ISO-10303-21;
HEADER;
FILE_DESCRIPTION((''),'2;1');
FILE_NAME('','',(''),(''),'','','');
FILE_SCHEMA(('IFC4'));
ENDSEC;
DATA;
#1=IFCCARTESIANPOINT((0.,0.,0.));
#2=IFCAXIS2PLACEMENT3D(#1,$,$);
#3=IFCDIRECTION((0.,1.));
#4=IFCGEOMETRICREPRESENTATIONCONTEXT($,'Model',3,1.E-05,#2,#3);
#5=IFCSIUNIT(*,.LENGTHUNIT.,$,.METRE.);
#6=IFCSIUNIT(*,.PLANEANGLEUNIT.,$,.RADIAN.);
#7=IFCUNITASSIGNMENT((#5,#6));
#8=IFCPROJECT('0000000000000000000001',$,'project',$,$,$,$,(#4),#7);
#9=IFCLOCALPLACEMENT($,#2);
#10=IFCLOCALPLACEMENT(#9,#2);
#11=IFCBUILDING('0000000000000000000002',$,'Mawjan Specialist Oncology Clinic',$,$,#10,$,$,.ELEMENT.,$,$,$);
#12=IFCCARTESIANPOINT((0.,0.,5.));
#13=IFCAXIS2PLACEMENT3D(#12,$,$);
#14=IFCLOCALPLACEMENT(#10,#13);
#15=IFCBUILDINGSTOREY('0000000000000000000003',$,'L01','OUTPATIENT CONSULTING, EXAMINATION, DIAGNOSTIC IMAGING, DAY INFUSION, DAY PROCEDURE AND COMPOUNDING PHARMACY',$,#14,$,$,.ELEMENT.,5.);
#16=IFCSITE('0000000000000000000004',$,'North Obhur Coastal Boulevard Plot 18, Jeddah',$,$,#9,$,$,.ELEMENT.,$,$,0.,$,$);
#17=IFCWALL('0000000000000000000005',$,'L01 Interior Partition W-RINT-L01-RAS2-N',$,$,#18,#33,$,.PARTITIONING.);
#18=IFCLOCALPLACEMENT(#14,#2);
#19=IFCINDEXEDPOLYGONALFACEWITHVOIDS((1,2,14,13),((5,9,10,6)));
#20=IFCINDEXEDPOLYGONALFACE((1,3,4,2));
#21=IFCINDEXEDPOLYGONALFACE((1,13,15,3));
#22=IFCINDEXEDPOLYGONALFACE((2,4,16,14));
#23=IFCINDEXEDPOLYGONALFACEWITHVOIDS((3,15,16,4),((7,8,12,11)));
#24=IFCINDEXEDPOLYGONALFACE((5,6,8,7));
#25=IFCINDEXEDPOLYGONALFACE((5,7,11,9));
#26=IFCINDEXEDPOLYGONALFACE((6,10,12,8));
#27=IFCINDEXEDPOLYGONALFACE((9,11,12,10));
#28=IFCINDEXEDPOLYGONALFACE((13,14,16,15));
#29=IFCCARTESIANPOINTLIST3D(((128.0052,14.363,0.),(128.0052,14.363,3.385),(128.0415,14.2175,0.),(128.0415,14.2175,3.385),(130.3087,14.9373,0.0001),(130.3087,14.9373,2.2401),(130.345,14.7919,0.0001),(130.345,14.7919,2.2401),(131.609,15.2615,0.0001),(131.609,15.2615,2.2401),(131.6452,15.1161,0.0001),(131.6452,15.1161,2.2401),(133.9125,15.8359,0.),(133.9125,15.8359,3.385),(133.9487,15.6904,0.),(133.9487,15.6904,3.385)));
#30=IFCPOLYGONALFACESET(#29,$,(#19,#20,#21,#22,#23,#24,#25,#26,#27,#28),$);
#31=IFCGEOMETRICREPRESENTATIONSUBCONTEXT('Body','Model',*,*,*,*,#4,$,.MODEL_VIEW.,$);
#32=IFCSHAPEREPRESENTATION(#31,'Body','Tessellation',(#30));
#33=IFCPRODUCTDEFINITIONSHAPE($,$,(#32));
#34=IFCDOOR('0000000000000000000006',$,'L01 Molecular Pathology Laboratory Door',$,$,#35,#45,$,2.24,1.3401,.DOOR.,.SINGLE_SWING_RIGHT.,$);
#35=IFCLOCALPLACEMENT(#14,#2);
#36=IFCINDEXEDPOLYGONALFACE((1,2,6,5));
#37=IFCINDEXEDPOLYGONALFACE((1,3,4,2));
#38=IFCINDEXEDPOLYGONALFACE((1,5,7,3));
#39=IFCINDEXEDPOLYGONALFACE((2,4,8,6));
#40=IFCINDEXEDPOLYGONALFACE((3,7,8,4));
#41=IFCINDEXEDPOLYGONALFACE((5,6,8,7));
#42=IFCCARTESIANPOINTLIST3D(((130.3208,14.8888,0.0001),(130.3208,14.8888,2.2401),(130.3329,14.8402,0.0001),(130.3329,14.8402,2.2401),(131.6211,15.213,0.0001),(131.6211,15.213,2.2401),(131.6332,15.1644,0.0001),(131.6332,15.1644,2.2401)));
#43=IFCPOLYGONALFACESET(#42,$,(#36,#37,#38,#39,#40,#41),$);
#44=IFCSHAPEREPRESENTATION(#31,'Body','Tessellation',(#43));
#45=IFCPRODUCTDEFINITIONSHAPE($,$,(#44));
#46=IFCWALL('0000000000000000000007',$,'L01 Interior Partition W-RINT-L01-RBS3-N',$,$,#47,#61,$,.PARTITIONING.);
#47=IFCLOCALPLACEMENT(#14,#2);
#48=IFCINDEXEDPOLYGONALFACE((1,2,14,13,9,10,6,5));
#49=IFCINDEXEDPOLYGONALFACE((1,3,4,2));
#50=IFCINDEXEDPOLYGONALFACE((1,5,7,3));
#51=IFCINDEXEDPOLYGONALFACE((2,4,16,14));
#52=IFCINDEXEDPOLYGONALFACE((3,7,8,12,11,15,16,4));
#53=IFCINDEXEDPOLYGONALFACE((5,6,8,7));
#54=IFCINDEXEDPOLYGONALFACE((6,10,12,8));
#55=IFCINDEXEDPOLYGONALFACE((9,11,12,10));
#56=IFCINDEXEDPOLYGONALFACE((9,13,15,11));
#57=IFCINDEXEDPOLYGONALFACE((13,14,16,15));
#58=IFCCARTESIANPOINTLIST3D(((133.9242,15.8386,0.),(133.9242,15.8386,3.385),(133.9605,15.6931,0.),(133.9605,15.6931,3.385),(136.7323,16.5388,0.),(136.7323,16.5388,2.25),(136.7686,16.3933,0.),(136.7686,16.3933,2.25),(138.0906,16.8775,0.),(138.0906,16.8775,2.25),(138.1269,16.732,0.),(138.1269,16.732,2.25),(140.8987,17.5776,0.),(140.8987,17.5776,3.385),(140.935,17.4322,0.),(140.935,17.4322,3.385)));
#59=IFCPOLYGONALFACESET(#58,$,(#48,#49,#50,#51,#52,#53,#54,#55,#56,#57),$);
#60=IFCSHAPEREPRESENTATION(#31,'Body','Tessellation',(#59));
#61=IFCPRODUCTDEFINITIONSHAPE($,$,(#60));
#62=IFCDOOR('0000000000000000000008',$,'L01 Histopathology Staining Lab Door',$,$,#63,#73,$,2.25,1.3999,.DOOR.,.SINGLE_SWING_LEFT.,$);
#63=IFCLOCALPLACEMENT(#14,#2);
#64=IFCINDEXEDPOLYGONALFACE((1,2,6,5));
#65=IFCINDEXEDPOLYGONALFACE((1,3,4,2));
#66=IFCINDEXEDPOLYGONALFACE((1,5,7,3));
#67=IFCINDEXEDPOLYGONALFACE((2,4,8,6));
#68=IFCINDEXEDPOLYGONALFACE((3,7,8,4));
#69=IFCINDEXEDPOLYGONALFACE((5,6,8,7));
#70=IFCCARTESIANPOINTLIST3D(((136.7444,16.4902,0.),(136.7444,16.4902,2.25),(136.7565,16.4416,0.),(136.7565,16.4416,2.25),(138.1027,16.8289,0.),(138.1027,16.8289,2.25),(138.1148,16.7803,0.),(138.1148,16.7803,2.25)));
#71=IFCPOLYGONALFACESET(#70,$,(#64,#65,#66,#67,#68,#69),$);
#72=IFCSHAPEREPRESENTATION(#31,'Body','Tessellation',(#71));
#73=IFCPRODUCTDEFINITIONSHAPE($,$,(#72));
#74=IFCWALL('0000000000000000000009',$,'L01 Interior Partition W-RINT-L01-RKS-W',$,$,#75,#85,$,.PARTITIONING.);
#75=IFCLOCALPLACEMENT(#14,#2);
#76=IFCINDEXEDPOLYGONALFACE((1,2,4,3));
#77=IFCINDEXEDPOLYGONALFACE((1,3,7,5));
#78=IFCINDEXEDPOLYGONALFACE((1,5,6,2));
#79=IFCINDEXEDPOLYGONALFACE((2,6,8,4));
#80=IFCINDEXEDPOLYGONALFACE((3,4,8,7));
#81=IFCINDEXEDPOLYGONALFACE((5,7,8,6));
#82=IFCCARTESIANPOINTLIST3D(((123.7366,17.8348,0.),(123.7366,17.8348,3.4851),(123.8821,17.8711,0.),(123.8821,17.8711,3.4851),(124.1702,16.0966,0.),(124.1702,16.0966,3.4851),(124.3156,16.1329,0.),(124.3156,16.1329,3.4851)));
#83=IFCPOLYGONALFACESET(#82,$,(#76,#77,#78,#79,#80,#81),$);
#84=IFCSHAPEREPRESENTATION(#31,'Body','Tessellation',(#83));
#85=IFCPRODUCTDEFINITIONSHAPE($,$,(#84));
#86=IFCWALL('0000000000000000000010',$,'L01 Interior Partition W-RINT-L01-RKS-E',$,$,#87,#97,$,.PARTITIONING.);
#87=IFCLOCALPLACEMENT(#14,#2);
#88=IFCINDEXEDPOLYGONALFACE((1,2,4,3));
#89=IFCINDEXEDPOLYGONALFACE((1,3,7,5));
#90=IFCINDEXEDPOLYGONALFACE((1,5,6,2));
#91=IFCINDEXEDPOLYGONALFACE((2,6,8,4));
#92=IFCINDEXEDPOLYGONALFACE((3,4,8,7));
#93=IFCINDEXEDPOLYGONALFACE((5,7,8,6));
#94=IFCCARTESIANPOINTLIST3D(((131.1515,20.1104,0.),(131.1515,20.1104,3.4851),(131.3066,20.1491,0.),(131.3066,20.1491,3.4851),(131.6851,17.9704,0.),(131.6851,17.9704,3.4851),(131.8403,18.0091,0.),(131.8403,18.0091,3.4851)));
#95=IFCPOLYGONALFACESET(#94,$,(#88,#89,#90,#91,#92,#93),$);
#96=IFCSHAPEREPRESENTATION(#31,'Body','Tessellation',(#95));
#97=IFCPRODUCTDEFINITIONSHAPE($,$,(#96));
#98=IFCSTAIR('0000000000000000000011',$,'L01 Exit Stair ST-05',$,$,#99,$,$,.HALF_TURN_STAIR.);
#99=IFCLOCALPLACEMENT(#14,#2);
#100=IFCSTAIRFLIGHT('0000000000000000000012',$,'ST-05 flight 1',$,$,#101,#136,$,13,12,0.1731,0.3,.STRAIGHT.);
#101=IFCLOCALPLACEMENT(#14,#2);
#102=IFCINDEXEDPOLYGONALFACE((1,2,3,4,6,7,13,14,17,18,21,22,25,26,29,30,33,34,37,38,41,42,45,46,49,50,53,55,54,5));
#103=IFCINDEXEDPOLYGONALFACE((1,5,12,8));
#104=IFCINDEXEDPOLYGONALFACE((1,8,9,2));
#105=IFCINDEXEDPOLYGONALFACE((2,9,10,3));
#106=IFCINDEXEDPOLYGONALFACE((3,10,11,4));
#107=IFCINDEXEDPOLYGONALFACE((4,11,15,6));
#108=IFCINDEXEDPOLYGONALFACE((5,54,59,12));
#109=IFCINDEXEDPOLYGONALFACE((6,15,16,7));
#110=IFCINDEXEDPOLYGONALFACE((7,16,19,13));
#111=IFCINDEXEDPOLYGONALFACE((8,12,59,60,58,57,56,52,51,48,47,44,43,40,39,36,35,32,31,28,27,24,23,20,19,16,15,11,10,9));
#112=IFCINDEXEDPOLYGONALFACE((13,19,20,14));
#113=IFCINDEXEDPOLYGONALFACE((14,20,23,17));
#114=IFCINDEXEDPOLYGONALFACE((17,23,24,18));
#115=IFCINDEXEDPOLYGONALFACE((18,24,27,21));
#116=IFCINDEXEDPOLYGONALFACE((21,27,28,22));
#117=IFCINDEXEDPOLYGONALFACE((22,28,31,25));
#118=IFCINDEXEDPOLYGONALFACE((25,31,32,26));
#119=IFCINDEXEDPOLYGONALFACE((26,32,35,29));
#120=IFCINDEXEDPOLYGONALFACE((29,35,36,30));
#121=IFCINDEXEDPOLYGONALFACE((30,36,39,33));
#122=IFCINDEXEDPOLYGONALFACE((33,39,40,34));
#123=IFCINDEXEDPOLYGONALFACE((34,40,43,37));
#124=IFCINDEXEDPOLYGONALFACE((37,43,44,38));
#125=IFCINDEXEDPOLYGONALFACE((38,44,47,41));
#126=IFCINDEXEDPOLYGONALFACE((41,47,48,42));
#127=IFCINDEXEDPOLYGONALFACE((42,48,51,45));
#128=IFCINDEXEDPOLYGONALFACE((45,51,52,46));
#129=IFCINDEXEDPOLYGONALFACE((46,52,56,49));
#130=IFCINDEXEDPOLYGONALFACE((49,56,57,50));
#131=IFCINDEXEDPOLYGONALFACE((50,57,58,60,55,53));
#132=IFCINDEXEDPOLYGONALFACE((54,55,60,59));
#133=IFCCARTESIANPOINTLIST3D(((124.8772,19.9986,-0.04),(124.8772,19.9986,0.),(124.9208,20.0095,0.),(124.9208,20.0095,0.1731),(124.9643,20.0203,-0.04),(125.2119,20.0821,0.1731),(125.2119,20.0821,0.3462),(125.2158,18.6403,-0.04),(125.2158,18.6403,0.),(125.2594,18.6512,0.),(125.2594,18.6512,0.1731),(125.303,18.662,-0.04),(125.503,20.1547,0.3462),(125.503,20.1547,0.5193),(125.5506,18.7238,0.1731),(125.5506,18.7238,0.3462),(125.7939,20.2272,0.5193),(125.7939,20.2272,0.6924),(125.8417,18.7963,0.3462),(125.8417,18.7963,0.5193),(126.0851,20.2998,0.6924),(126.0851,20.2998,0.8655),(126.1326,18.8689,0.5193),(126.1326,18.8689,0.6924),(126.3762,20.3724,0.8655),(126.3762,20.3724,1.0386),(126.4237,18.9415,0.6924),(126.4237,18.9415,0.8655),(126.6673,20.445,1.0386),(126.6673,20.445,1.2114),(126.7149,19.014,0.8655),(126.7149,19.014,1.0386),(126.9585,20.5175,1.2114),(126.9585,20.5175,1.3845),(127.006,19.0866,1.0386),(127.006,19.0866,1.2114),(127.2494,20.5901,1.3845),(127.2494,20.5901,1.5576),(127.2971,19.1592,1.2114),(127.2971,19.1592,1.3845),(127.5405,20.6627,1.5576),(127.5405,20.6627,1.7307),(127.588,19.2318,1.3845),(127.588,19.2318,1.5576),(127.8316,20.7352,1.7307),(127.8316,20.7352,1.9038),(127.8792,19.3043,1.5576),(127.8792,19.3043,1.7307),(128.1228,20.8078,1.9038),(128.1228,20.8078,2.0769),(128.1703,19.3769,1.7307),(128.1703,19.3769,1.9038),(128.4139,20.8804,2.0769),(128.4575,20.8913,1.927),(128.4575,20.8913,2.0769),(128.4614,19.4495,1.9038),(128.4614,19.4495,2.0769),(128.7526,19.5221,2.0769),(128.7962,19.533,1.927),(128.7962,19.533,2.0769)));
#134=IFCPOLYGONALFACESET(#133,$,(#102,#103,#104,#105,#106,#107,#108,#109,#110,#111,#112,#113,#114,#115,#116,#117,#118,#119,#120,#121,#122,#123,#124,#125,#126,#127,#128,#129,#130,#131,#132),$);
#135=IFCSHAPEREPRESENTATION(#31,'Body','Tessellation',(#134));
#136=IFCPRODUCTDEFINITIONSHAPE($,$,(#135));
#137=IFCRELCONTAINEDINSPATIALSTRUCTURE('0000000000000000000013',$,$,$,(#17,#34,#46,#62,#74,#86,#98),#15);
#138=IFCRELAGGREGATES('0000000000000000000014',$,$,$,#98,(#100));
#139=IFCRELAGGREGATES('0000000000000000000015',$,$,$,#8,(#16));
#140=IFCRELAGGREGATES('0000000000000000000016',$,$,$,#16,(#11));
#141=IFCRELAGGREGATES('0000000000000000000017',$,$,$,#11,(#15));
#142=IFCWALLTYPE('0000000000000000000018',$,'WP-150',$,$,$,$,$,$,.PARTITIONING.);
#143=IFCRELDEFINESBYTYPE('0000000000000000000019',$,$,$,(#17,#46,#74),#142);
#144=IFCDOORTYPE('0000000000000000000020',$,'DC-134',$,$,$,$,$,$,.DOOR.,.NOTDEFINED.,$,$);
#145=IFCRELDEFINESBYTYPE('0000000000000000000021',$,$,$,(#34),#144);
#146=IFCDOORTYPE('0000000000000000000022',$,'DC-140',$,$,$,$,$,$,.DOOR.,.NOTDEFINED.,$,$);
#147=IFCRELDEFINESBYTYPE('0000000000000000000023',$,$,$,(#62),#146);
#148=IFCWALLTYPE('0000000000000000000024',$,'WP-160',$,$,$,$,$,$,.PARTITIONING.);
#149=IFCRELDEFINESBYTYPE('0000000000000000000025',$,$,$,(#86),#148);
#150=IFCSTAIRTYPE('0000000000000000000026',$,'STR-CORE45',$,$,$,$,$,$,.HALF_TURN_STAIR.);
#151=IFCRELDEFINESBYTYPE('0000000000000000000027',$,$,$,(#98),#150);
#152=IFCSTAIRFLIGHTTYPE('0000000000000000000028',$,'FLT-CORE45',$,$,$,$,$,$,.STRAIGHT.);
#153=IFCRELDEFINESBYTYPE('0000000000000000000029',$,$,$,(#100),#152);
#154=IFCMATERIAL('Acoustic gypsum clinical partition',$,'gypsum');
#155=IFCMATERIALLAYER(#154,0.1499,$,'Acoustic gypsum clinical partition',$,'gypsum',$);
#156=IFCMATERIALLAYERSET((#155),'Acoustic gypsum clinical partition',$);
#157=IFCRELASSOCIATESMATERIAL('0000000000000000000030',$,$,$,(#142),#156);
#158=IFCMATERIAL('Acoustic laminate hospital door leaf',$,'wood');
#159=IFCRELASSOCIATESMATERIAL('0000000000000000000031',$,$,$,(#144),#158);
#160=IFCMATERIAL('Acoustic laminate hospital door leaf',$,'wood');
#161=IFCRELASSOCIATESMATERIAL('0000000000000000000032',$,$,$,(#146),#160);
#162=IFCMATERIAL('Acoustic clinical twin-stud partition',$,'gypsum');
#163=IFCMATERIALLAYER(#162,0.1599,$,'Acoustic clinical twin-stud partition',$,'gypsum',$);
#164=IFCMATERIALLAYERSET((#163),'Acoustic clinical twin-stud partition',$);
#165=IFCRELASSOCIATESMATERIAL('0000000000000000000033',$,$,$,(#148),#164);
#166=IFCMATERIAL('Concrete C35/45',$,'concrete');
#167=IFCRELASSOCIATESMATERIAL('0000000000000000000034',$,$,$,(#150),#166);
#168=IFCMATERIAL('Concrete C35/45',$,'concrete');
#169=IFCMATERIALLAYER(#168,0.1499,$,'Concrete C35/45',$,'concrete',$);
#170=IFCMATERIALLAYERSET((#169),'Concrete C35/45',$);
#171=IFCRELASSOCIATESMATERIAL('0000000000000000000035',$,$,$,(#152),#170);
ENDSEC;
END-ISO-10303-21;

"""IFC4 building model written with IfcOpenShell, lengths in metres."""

from ifc_helpers import new_model, si_unit, direction, frame, frame_2d, origin, place, context, subcontext, project, spatial, polyline, rectangle, outline, extrude, material, layer, layer_set, type_object, element, fill, aggregate, save


model = new_model("IFC4")

# Units and contexts
model_context = context("Model", 3, precision=1e-05, world=origin(), true_north=direction((0.0, 1.0)))
body_context = subcontext(model_context, "Body", "Model", "MODEL_VIEW")
ifc_project = project(units=[si_unit("LENGTHUNIT", "METRE"), si_unit("PLANEANGLEUNIT", "RADIAN")], contexts=[model_context])

# Site, building, storey
site_placement = place(None, origin())
site = spatial("IfcSite", under=ifc_project, at=site_placement, Name="North Obhur Coastal Boulevard Plot 18, Jeddah", CompositionType="ELEMENT", RefElevation=0.0)
building_placement = place(site_placement, origin())
building = spatial("IfcBuilding", under=site, at=building_placement, Name="Mawjan Specialist Oncology Clinic", CompositionType="ELEMENT")
storey_placement = place(building_placement, frame((0.0, 0.0, 5.0)))
storey = spatial("IfcBuildingStorey", under=building, at=storey_placement, Name="L01", Description="OUTPATIENT CONSULTING, EXAMINATION, DIAGNOSTIC IMAGING, DAY INFUSION, DAY PROCEDURE AND COMPOUNDING PHARMACY", CompositionType="ELEMENT", Elevation=5.0)

# Walls, openings, doors
ifc_material_1 = material(Name="Acoustic gypsum clinical partition", Category="gypsum")
ifc_layer_1 = layer(ifc_material_1, 0.1499, Name="Acoustic gypsum clinical partition", Category="gypsum")
ifc_layer_set_1 = layer_set([ifc_layer_1], Name="Acoustic gypsum clinical partition")
wall_type_1 = type_object("IfcWallType", Name="WP-150", PredefinedType="PARTITIONING", material=ifc_layer_set_1)
wall_1_placement = place(storey_placement, frame((128.0234, 14.2903, 0.0), z_axis=(0.0, 0.0, 1.0), x_axis=(0.970293, 0.241932, 0.0)))
wall_1 = element("IfcWall", 1, at=wall_1_placement, inside=storey, type_object=wall_type_1, Name="L01 Interior Partition W-RINT-L01-RAS2-N", PredefinedType="PARTITIONING", context=body_context, shape_type="SweptSolid", body=[
    extrude(rectangle(XDim=6.0881, YDim=0.1499, at=frame_2d((3.0439, 0.0))), origin(), (0.0, 0.0, 1.0), 3.385),
])
opening_1_placement = place(wall_1_placement, frame((2.374, 0.0, 0.0)))
opening_1 = element("IfcOpeningElement", 2, at=opening_1_placement, cuts=wall_1, PredefinedType="OPENING", context=body_context, shape_type="SweptSolid", body=[
    extrude(rectangle(XDim=1.3401, YDim=2.24, at=frame_2d((0.6699, 1.1201))), frame((0.0, 0.0869, 0.0), z_axis=(0.0, -1.0, 0.0), x_axis=(1.0, 0.0, 0.0)), (0.0, 0.0, 1.0), 0.1738),
])
ifc_material_2 = material(Name="Acoustic laminate hospital door leaf", Category="wood")
door_type_1 = type_object("IfcDoorType", Name="DC-134", OperationType="NOTDEFINED", PredefinedType="DOOR", material=ifc_material_2)
door_1_placement = place(opening_1_placement, origin())
door_1 = element("IfcDoor", 3, at=door_1_placement, inside=storey, type_object=door_type_1, Name="L01 Molecular Pathology Laboratory Door", OperationType="SINGLE_SWING_RIGHT", OverallHeight=2.24, OverallWidth=1.3401, PredefinedType="DOOR", context=body_context, shape_type="SweptSolid", body=[
    extrude(rectangle(XDim=1.3401, YDim=2.24, at=frame_2d((0.6699, 1.1201))), frame((0.0, 0.0249, 0.0), z_axis=(0.0, -1.0, 0.0), x_axis=(1.0, 0.0, 0.0)), (0.0, 0.0, 1.0), 0.05),
])
fill(opening_1, door_1)
wall_2_placement = place(storey_placement, frame((133.9424, 15.7659, 0.0), z_axis=(0.0, 0.0, 1.0), x_axis=(0.970292, 0.241936, 0.0)))
wall_2 = element("IfcWall", 4, at=wall_2_placement, inside=storey, type_object=wall_type_1, Name="L01 Interior Partition W-RINT-L01-RBS3-N", PredefinedType="PARTITIONING", context=body_context, shape_type="SweptSolid", body=[
    extrude(rectangle(XDim=7.188, YDim=0.1499, at=frame_2d((3.594, 0.0))), origin(), (0.0, 0.0, 1.0), 3.385),
])
opening_2_placement = place(wall_2_placement, frame((2.894, 0.0, 0.0)))
opening_2 = element("IfcOpeningElement", 5, at=opening_2_placement, cuts=wall_2, PredefinedType="OPENING", context=body_context, shape_type="SweptSolid", body=[
    extrude(rectangle(XDim=1.3999, YDim=2.25, at=frame_2d((0.7, 1.125))), frame((0.0, 0.0869, 0.0), z_axis=(0.0, -1.0, 0.0), x_axis=(1.0, 0.0, 0.0)), (0.0, 0.0, 1.0), 0.1738),
])
ifc_material_3 = material(Name="Acoustic laminate hospital door leaf", Category="wood")
door_type_2 = type_object("IfcDoorType", Name="DC-140", OperationType="NOTDEFINED", PredefinedType="DOOR", material=ifc_material_3)
door_2_placement = place(opening_2_placement, origin())
door_2 = element("IfcDoor", 6, at=door_2_placement, inside=storey, type_object=door_type_2, Name="L01 Histopathology Staining Lab Door", OperationType="SINGLE_SWING_LEFT", OverallHeight=2.25, OverallWidth=1.3999, PredefinedType="DOOR", context=body_context, shape_type="SweptSolid", body=[
    extrude(rectangle(XDim=1.3999, YDim=2.25, at=frame_2d((0.7, 1.125))), frame((0.0, 0.0249, 0.0), z_axis=(0.0, -1.0, 0.0), x_axis=(1.0, 0.0, 0.0)), (0.0, 0.0, 1.0), 0.05),
])
fill(opening_2, door_2)

# Walls
wall_3_placement = place(storey_placement, frame((124.2429, 16.1147, 0.0), z_axis=(0.0, 0.0, 1.0), x_axis=(-0.242023, 0.970271, 0.0)))
element("IfcWall", 7, at=wall_3_placement, inside=storey, type_object=wall_type_1, Name="L01 Interior Partition W-RINT-L01-RKS-W", PredefinedType="PARTITIONING", context=body_context, shape_type="SweptSolid", body=[
    extrude(rectangle(XDim=1.7915, YDim=0.1499, at=frame_2d((0.8958, 0.0))), origin(), (0.0, 0.0, 1.0), 3.4851),
])
ifc_material_4 = material(Name="Acoustic clinical twin-stud partition", Category="gypsum")
ifc_layer_2 = layer(ifc_material_4, 0.1599, Name="Acoustic clinical twin-stud partition", Category="gypsum")
ifc_layer_set_2 = layer_set([ifc_layer_2], Name="Acoustic clinical twin-stud partition")
wall_type_2 = type_object("IfcWallType", Name="WP-160", PredefinedType="PARTITIONING", material=ifc_layer_set_2)
wall_4_placement = place(storey_placement, frame((131.7627, 17.9897, 0.0), z_axis=(0.0, 0.0, 1.0), x_axis=(-0.241963, 0.970286, 0.0)))
element("IfcWall", 8, at=wall_4_placement, inside=storey, type_object=wall_type_2, Name="L01 Interior Partition W-RINT-L01-RKS-E", PredefinedType="PARTITIONING", context=body_context, shape_type="SweptSolid", body=[
    extrude(rectangle(XDim=2.2056, YDim=0.1599, at=frame_2d((1.1028, 0.0))), origin(), (0.0, 0.0, 1.0), 3.4851),
])

# Stair, stair flight
ifc_material_5 = material(Name="Concrete C35/45", Category="concrete")
stair_type = type_object("IfcStairType", Name="STR-CORE45", PredefinedType="HALF_TURN_STAIR", material=ifc_material_5)
stair_placement = place(storey_placement, origin())
stair = element("IfcStair", 9, at=stair_placement, inside=storey, type_object=stair_type, Name="L01 Exit Stair ST-05", PredefinedType="HALF_TURN_STAIR")
ifc_material_6 = material(Name="Concrete C35/45", Category="concrete")
ifc_layer_3 = layer(ifc_material_6, 0.1499, Name="Concrete C35/45", Category="concrete")
ifc_layer_set_3 = layer_set([ifc_layer_3], Name="Concrete C35/45")
stair_flight_type = type_object("IfcStairFlightType", Name="FLT-CORE45", PredefinedType="STRAIGHT", material=ifc_layer_set_3)
stair_flight_placement = place(storey_placement, frame((125.0901, 19.3303, 0.0), z_axis=(0.0, 0.0, 1.0), x_axis=(0.970296, 0.241922, 0.0)))
stair_flight = element("IfcStairFlight", 10, at=stair_flight_placement, type_object=stair_flight_type, Name="ST-05 flight 1", NumberOfRisers=13, NumberOfTreads=12, PredefinedType="STRAIGHT", RiserHeight=0.1731, TreadLength=0.3, context=body_context, shape_type="SweptSolid", body=[
    extrude(outline(polyline([(-0.0449, -0.04), (-0.0449, 0.0), (0.0, 0.0), (0.0, 0.1731), (0.3, 0.1731), (0.3, 0.3462), (0.6001, 0.3462), (0.6001, 0.5193), (0.8999, 0.5193), (0.8999, 0.6924), (1.2, 0.6924), (1.2, 0.8655), (1.5, 0.8655), (1.5, 1.0386), (1.8, 1.0386), (1.8, 1.2114), (2.1001, 1.2114), (2.1001, 1.3845), (2.3999, 1.3845), (2.3999, 1.5576), (2.7, 1.5576), (2.7, 1.7307), (3.0, 1.7307), (3.0, 1.9038), (3.3, 1.9038), (3.3, 2.0769), (3.6001, 2.0769), (3.645, 2.0769), (3.645, 1.927), (0.0449, -0.04), (-0.0449, -0.04)])), frame((0.0, 0.7, 0.0), z_axis=(0.0, -1.0, 0.0), x_axis=(1.0, 0.0, 0.0)), (0.0, 0.0, 1.0), 1.3999),
])
aggregate(stair, [stair_flight])

save(model, "model.ifc")
